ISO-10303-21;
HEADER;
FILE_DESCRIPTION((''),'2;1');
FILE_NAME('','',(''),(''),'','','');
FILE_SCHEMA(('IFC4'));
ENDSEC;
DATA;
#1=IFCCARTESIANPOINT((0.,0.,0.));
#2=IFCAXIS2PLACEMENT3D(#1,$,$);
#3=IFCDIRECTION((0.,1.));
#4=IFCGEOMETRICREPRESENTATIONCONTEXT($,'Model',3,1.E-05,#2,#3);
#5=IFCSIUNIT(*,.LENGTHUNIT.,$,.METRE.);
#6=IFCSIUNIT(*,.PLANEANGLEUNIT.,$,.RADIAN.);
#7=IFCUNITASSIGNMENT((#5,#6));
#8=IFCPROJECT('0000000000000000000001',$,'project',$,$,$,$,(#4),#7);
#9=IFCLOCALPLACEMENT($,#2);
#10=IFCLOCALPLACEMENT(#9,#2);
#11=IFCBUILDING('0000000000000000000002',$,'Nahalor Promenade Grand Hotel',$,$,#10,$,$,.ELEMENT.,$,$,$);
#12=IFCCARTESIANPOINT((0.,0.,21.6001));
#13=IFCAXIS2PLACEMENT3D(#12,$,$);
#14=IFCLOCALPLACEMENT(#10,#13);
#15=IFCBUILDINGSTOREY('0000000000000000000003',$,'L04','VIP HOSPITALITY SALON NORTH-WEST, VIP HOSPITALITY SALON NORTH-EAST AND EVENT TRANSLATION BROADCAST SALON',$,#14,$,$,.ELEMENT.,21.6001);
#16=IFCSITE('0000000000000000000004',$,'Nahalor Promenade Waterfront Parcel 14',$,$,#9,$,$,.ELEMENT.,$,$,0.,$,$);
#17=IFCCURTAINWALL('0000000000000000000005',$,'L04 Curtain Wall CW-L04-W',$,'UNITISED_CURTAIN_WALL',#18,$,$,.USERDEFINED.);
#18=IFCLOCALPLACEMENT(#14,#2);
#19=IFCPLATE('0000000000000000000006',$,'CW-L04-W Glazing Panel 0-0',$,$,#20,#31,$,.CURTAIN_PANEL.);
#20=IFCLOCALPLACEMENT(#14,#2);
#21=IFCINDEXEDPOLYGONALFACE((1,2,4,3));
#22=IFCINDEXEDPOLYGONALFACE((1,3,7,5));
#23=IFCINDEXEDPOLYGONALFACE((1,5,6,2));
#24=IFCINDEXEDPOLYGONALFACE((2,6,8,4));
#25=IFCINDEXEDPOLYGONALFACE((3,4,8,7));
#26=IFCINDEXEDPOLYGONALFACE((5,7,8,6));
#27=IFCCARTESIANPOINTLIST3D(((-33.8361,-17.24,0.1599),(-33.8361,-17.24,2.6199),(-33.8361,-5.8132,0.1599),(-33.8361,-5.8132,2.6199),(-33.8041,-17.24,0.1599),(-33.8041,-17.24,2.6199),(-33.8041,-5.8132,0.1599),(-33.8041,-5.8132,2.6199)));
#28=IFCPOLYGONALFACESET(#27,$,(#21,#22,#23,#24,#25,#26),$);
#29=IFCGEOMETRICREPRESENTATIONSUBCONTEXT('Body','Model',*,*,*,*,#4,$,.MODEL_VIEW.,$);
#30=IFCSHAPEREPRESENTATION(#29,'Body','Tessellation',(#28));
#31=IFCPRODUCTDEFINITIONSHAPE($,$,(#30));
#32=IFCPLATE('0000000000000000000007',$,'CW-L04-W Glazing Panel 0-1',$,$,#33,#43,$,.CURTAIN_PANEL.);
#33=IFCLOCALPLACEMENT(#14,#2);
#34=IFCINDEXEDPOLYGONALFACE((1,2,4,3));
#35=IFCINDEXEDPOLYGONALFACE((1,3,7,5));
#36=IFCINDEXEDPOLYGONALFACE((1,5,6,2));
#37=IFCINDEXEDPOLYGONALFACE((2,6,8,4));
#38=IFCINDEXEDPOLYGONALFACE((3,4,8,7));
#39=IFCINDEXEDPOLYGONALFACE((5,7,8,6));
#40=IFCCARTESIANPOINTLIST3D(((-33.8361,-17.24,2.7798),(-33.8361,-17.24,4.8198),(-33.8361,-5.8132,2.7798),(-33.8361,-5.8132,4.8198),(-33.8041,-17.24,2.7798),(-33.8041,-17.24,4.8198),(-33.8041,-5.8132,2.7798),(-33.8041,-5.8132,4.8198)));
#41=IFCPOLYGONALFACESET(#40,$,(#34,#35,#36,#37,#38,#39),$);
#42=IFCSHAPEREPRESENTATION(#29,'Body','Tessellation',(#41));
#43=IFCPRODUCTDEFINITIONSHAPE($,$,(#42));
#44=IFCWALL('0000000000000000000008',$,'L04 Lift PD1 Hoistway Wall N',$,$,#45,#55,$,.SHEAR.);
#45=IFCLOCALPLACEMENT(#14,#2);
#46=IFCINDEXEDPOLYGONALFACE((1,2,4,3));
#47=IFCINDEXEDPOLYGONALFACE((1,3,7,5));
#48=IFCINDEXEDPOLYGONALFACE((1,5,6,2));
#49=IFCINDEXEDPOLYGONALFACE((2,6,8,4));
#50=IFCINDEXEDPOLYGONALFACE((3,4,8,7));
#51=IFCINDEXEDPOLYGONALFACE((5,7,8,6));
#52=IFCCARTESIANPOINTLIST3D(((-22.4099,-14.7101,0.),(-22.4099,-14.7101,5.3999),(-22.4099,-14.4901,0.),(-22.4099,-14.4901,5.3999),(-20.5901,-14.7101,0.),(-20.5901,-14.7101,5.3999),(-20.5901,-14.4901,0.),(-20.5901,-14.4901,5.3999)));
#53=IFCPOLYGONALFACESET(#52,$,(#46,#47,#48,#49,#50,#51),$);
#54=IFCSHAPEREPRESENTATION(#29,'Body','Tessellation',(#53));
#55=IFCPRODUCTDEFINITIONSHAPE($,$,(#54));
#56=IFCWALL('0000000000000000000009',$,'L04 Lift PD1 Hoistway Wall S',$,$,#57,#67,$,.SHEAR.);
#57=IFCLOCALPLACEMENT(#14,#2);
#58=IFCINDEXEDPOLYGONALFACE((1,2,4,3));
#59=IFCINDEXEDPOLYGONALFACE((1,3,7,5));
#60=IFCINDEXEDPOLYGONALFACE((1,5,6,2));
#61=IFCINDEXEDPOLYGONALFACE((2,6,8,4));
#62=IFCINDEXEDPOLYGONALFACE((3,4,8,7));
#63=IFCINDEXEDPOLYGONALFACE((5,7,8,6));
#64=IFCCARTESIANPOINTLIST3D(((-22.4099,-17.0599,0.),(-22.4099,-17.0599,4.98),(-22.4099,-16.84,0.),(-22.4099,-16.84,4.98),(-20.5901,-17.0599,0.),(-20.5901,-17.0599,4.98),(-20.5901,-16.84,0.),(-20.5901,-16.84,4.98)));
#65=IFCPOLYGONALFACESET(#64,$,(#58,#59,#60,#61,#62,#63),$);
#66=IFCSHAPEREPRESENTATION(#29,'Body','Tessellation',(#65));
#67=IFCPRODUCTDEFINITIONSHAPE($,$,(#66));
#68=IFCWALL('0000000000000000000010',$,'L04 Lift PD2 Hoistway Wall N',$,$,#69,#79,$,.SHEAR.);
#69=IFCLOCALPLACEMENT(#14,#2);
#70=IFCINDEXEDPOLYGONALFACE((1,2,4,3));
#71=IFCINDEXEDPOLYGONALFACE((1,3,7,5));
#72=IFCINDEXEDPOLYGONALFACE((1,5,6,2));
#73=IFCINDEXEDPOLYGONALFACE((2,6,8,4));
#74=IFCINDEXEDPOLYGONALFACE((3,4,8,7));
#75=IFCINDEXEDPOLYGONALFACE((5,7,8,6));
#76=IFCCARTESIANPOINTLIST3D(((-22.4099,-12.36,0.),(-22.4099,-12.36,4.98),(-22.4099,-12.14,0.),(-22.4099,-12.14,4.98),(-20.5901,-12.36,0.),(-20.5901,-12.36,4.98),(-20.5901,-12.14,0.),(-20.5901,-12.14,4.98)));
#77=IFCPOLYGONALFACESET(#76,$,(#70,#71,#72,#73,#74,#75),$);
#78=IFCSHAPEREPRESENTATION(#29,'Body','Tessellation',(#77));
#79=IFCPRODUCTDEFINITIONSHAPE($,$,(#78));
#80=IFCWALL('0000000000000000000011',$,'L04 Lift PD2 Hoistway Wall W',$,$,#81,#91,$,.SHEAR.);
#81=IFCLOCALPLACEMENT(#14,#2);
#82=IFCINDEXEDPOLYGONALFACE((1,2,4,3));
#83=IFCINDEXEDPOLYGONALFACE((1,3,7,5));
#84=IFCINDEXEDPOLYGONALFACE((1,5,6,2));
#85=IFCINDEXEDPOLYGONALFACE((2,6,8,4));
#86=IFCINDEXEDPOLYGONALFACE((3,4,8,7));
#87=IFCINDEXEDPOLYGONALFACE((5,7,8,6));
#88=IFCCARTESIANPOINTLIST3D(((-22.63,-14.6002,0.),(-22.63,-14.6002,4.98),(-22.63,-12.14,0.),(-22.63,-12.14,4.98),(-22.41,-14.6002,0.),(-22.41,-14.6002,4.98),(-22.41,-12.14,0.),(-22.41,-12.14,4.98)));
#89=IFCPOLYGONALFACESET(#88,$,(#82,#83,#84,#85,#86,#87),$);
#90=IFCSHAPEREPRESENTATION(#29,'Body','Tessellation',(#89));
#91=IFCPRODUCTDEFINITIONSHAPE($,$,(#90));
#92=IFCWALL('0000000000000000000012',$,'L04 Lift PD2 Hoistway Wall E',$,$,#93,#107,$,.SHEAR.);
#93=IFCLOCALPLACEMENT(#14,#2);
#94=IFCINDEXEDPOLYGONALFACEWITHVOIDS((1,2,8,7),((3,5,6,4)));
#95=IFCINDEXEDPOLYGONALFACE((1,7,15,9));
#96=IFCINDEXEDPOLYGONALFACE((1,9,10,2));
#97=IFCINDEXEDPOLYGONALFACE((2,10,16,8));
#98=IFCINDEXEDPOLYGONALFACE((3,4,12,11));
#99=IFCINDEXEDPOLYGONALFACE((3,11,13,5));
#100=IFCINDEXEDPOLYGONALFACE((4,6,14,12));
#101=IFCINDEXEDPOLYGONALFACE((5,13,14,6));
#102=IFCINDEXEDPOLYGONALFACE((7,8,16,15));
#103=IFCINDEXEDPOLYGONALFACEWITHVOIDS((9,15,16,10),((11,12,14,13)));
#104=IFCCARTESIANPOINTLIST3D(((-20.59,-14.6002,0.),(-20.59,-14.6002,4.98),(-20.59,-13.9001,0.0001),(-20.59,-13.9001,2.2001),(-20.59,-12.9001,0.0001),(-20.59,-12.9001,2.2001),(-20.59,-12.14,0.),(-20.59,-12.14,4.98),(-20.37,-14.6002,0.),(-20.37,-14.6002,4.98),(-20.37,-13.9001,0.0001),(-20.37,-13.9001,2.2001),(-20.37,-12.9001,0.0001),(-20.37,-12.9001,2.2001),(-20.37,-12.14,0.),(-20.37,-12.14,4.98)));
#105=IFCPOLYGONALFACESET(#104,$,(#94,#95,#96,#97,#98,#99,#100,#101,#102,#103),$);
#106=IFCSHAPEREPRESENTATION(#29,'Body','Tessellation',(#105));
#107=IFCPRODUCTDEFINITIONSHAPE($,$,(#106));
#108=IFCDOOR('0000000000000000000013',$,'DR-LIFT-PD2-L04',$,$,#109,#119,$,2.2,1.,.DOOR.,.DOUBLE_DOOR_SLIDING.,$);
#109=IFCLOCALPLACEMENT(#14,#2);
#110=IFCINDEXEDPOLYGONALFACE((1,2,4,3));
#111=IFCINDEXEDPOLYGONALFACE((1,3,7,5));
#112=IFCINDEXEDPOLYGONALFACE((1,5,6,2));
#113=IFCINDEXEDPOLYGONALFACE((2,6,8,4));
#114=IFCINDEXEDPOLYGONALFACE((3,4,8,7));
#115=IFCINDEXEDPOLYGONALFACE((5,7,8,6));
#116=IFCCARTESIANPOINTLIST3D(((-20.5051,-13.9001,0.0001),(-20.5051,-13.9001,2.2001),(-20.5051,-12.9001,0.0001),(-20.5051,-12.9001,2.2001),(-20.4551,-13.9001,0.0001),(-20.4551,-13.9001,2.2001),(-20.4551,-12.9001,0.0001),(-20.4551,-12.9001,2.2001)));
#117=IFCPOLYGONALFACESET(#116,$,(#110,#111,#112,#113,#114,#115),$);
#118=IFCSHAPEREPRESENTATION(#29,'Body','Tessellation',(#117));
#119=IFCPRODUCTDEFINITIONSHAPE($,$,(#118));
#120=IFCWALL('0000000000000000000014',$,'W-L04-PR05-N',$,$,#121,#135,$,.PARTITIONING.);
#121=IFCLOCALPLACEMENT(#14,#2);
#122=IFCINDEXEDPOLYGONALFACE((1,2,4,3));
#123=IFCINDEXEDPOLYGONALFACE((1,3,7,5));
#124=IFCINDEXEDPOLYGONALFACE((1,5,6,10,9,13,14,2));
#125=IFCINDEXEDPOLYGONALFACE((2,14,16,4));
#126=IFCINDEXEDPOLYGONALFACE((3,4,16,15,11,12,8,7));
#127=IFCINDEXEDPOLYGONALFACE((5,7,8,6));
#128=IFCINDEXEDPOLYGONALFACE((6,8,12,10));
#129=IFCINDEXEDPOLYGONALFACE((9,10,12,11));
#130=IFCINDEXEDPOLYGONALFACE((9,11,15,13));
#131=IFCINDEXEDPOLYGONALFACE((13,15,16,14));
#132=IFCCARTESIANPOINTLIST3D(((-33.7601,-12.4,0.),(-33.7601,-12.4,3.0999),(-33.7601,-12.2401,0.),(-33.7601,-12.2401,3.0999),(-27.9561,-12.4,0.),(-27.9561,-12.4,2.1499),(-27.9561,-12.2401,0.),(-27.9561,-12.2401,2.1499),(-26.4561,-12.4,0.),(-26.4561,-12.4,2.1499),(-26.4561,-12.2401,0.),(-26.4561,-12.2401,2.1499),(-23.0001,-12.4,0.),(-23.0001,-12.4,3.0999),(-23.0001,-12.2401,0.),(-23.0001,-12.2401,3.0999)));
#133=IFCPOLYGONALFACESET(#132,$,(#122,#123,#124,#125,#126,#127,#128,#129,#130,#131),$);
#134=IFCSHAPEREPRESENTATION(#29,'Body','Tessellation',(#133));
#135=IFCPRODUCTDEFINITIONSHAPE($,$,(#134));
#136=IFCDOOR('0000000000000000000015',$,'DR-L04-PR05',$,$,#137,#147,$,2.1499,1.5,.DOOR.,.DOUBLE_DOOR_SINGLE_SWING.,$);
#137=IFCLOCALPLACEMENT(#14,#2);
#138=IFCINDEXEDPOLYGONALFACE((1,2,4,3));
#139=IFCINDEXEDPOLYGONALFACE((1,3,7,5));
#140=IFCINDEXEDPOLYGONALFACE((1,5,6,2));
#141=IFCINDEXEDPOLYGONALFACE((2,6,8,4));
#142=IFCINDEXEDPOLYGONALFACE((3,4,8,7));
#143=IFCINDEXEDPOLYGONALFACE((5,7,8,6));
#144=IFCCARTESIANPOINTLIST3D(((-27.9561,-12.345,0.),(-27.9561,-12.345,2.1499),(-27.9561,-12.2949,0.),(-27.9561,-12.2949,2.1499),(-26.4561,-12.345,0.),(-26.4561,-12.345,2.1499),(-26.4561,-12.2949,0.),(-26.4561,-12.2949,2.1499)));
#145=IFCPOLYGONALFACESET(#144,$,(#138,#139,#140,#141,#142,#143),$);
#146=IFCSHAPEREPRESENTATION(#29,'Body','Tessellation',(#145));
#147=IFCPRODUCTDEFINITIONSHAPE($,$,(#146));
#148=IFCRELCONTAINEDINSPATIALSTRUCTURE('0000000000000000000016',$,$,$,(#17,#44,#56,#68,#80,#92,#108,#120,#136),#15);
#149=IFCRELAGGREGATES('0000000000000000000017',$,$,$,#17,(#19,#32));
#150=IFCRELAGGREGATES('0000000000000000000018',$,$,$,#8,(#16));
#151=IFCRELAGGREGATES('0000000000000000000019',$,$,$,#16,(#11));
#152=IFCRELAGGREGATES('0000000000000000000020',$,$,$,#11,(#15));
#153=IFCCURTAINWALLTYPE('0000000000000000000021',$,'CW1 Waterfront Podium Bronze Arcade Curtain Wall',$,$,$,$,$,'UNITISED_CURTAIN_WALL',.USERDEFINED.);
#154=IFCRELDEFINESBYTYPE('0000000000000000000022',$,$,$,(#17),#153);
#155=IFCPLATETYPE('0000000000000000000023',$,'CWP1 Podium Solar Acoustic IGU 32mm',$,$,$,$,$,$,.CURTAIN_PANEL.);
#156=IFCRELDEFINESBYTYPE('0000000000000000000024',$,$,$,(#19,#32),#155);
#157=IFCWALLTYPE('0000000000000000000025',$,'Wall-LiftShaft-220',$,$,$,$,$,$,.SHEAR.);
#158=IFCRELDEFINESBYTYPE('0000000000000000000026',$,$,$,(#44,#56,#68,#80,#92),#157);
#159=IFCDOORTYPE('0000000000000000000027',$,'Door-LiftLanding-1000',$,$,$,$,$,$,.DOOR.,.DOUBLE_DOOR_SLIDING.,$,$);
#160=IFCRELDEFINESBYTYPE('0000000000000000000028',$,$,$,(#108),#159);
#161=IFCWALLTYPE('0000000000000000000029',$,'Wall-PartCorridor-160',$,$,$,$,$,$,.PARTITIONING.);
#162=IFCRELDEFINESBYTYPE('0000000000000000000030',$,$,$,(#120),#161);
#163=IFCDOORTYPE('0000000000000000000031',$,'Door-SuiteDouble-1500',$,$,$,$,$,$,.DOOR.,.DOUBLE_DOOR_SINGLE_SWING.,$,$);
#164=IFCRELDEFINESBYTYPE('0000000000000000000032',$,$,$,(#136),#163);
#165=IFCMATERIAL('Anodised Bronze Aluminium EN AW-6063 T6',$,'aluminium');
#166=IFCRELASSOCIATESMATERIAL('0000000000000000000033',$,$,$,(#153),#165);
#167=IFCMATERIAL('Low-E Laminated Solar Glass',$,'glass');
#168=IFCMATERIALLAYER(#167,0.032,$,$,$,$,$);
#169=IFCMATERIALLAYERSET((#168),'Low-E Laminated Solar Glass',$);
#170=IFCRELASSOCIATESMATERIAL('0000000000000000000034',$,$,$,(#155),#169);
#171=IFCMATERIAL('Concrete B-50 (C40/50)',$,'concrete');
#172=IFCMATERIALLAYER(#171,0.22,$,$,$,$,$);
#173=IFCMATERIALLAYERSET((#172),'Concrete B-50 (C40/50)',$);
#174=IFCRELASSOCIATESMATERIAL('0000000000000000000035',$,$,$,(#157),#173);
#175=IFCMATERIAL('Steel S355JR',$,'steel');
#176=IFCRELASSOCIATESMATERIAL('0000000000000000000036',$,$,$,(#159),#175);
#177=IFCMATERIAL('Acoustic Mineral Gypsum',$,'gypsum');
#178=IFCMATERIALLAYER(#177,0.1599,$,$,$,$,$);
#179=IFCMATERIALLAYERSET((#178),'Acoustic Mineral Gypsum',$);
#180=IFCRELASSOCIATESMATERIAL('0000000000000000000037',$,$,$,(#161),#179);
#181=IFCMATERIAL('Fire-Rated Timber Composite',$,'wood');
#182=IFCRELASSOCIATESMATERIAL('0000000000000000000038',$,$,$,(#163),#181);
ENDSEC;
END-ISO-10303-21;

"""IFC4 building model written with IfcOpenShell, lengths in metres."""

from ifc_helpers import new_model, si_unit, direction, frame, frame_2d, origin, origin_2d, place, context, subcontext, project, spatial, rectangle, extrude, source, transform, mapped, material, layer, layer_set, type_object, element, fill, aggregate, save


model = new_model("IFC4")

# Units and contexts
model_context = context("Model", 3, precision=1e-05, world=origin(), true_north=direction((0.0, 1.0)))
body_context = subcontext(model_context, "Body", "Model", "MODEL_VIEW")
ifc_project = project(units=[si_unit("LENGTHUNIT", "METRE"), si_unit("PLANEANGLEUNIT", "RADIAN")], contexts=[model_context])

# Site, building, storey
site_placement = place(None, origin())
site = spatial("IfcSite", under=ifc_project, at=site_placement, Name="Nahalor Promenade Waterfront Parcel 14", CompositionType="ELEMENT", RefElevation=0.0)
building_placement = place(site_placement, origin())
building = spatial("IfcBuilding", under=site, at=building_placement, Name="Nahalor Promenade Grand Hotel", CompositionType="ELEMENT")
storey_placement = place(building_placement, frame((0.0, 0.0, 21.6001)))
storey = spatial("IfcBuildingStorey", under=building, at=storey_placement, Name="L04", Description="VIP HOSPITALITY SALON NORTH-WEST, VIP HOSPITALITY SALON NORTH-EAST AND EVENT TRANSLATION BROADCAST SALON", CompositionType="ELEMENT", Elevation=21.6001)

# Shared definitions
ifc_material_1 = material(Name="Steel S355JR", Category="steel")

# Curtain wall
ifc_material_2 = material(Name="Anodised Bronze Aluminium EN AW-6063 T6", Category="aluminium")
curtain_wall_type = type_object("IfcCurtainWallType", Name="CW1 Waterfront Podium Bronze Arcade Curtain Wall", ElementType="UNITISED_CURTAIN_WALL", PredefinedType="USERDEFINED", material=ifc_material_2)
curtain_wall_placement = place(storey_placement, origin())
curtain_wall = element("IfcCurtainWall", 1, at=curtain_wall_placement, inside=storey, type_object=curtain_wall_type, Name="L04 Curtain Wall CW-L04-W", ObjectType="UNITISED_CURTAIN_WALL", PredefinedType="USERDEFINED")

# Plates
ifc_material_3 = material(Name="Low-E Laminated Solar Glass", Category="glass")
ifc_layer_1 = layer(ifc_material_3, 0.032)
ifc_layer_set_1 = layer_set([ifc_layer_1], Name="Low-E Laminated Solar Glass")
plate_type_1 = type_object("IfcPlateType", Name="CWP1 Podium Solar Acoustic IGU 32mm", PredefinedType="CURTAIN_PANEL", material=ifc_layer_set_1)
shared_shape_1 = source(origin(), body_context, "Body", "SweptSolid", [
    extrude(rectangle(XDim=11.4268, YDim=0.032, at=origin_2d()), origin(), (0.0, 0.0, 1.0), 2.46),
])
plate_1_placement = place(storey_placement, frame((-33.8201, -11.5266, 0.1599), z_axis=(0.0, 0.0, 1.0), x_axis=(0.0, 1.0, 0.0)))
plate_1 = element("IfcPlate", 2, at=plate_1_placement, type_object=plate_type_1, Name="CW-L04-W Glazing Panel 0-0", PredefinedType="CURTAIN_PANEL", context=body_context, shape_type="MappedRepresentation", body=[
    mapped(shared_shape_1, transform((0.0, 0.0, 0.0), scale=1.0)),
])
shared_shape_2 = source(origin(), body_context, "Body", "SweptSolid", [
    extrude(rectangle(XDim=11.4268, YDim=0.032, at=origin_2d()), origin(), (0.0, 0.0, 1.0), 2.04),
])
plate_2_placement = place(storey_placement, frame((-33.8201, -11.5266, 2.7798), z_axis=(0.0, 0.0, 1.0), x_axis=(0.0, 1.0, 0.0)))
plate_2 = element("IfcPlate", 3, at=plate_2_placement, type_object=plate_type_1, Name="CW-L04-W Glazing Panel 0-1", PredefinedType="CURTAIN_PANEL", context=body_context, shape_type="MappedRepresentation", body=[
    mapped(shared_shape_2, transform((0.0, 0.0, 0.0), scale=1.0)),
])
aggregate(curtain_wall, [plate_1, plate_2])

# Walls
ifc_material_4 = material(Name="Concrete B-50 (C40/50)", Category="concrete")
ifc_layer_2 = layer(ifc_material_4, 0.22)
ifc_layer_set_2 = layer_set([ifc_layer_2], Name="Concrete B-50 (C40/50)")
wall_type_1 = type_object("IfcWallType", Name="Wall-LiftShaft-220", PredefinedType="SHEAR", material=ifc_layer_set_2)
shared_shape_3 = source(origin(), body_context, "Body", "SweptSolid", [
    extrude(rectangle(XDim=1.8198, YDim=0.22, at=frame_2d((0.9099, 0.0))), origin(), (0.0, 0.0, 1.0), 5.3999),
])
wall_1_placement = place(storey_placement, frame((-22.4099, -14.6001, 0.0), z_axis=(0.0, 0.0, 1.0), x_axis=(1.0, 0.0, 0.0)))
element("IfcWall", 4, at=wall_1_placement, inside=storey, type_object=wall_type_1, Name="L04 Lift PD1 Hoistway Wall N", PredefinedType="SHEAR", context=body_context, shape_type="MappedRepresentation", body=[
    mapped(shared_shape_3, transform((0.0, 0.0, 0.0), scale=1.0)),
])
shared_shape_4 = source(origin(), body_context, "Body", "SweptSolid", [
    extrude(rectangle(XDim=1.8198, YDim=0.22, at=frame_2d((0.9099, 0.0))), origin(), (0.0, 0.0, 1.0), 4.98),
])
for number, where, z_axis, x_axis, name in (
    (5, (-22.4099, -16.95, 0.0), (0.0, 0.0, 1.0), (1.0, 0.0, 0.0), "L04 Lift PD1 Hoistway Wall S"),
    (6, (-22.4099, -12.25, 0.0), (0.0, 0.0, 1.0), (1.0, 0.0, 0.0), "L04 Lift PD2 Hoistway Wall N"),
):
    element("IfcWall", number, at=place(storey_placement, frame(where, z_axis=z_axis, x_axis=x_axis)), inside=storey, type_object=wall_type_1, Name=name, PredefinedType="SHEAR", context=body_context, shape_type="MappedRepresentation", body=[
        mapped(shared_shape_4, transform((0.0, 0.0, 0.0), scale=1.0)),
    ])
shared_shape_5 = source(origin(), body_context, "Body", "SweptSolid", [
    extrude(rectangle(XDim=2.4602, YDim=0.22, at=frame_2d((1.23, 0.0))), origin(), (0.0, 0.0, 1.0), 4.98),
])
wall_2_placement = place(storey_placement, frame((-22.52, -14.6001, 0.0), z_axis=(0.0, 0.0, 1.0), x_axis=(0.0, 1.0, 0.0)))
element("IfcWall", 7, at=wall_2_placement, inside=storey, type_object=wall_type_1, Name="L04 Lift PD2 Hoistway Wall W", PredefinedType="SHEAR", context=body_context, shape_type="MappedRepresentation", body=[
    mapped(shared_shape_5, transform((0.0, 0.0, 0.0), scale=1.0)),
])

# Walls, openings, doors
wall_3_placement = place(storey_placement, frame((-20.48, -14.6001, 0.0), z_axis=(0.0, 0.0, 1.0), x_axis=(0.0, 1.0, 0.0)))
wall_3 = element("IfcWall", 8, at=wall_3_placement, inside=storey, type_object=wall_type_1, Name="L04 Lift PD2 Hoistway Wall E", PredefinedType="SHEAR", context=body_context, shape_type="MappedRepresentation", body=[
    mapped(shared_shape_5, transform((0.0, 0.0, 0.0), scale=1.0)),
])
opening_1_placement = place(wall_3_placement, frame((0.7, 0.0, 0.0)))
opening_1 = element("IfcOpeningElement", 9, at=opening_1_placement, cuts=wall_3, PredefinedType="OPENING", context=body_context, shape_type="SweptSolid", body=[
    extrude(rectangle(XDim=1.0, YDim=2.2, at=frame_2d((0.5, 1.1001))), frame((0.0, 0.1199, 0.0), z_axis=(0.0, -1.0, 0.0), x_axis=(1.0, 0.0, 0.0)), (0.0, 0.0, 1.0), 0.24),
])
door_type_1 = type_object("IfcDoorType", Name="Door-LiftLanding-1000", OperationType="DOUBLE_DOOR_SLIDING", PredefinedType="DOOR", material=ifc_material_1)
shared_shape_6 = source(origin(), body_context, "Body", "SweptSolid", [
    extrude(rectangle(XDim=1.0, YDim=2.2, at=frame_2d((0.5, 1.1001))), frame((0.0, 0.0249, 0.0), z_axis=(0.0, -1.0, 0.0), x_axis=(1.0, 0.0, 0.0)), (0.0, 0.0, 1.0), 0.05),
])
door_1_placement = place(opening_1_placement, frame((1.0, 0.0, 0.0), z_axis=(0.0, 0.0, 1.0), x_axis=(-1.0, 0.0, 0.0)))
door_1 = element("IfcDoor", 10, at=door_1_placement, inside=storey, type_object=door_type_1, Name="DR-LIFT-PD2-L04", OperationType="DOUBLE_DOOR_SLIDING", OverallHeight=2.2, OverallWidth=1.0, PredefinedType="DOOR", context=body_context, shape_type="MappedRepresentation", body=[
    mapped(shared_shape_6, transform((0.0, 0.0, 0.0), scale=1.0)),
])
fill(opening_1, door_1)
ifc_material_5 = material(Name="Acoustic Mineral Gypsum", Category="gypsum")
ifc_layer_3 = layer(ifc_material_5, 0.1599)
ifc_layer_set_3 = layer_set([ifc_layer_3], Name="Acoustic Mineral Gypsum")
wall_type_2 = type_object("IfcWallType", Name="Wall-PartCorridor-160", PredefinedType="PARTITIONING", material=ifc_layer_set_3)
shared_shape_7 = source(origin(), body_context, "Body", "SweptSolid", [
    extrude(rectangle(XDim=10.76, YDim=0.1599, at=frame_2d((5.3799, 0.0))), origin(), (0.0, 0.0, 1.0), 3.0999),
])
wall_4_placement = place(storey_placement, frame((-33.76, -12.3201, 0.0), z_axis=(0.0, 0.0, 1.0), x_axis=(1.0, 0.0, 0.0)))
wall_4 = element("IfcWall", 11, at=wall_4_placement, inside=storey, type_object=wall_type_2, Name="W-L04-PR05-N", PredefinedType="PARTITIONING", context=body_context, shape_type="MappedRepresentation", body=[
    mapped(shared_shape_7, transform((0.0, 0.0, 0.0), scale=1.0)),
])
opening_2_placement = place(wall_4_placement, frame((5.804, 0.0, 0.0)))
opening_2 = element("IfcOpeningElement", 12, at=opening_2_placement, cuts=wall_4, PredefinedType="OPENING", context=body_context, shape_type="SweptSolid", body=[
    extrude(rectangle(XDim=1.5, YDim=2.1499, at=frame_2d((0.75, 1.075))), frame((0.0, 0.0898, 0.0), z_axis=(0.0, -1.0, 0.0), x_axis=(1.0, 0.0, 0.0)), (0.0, 0.0, 1.0), 0.1799),
])
ifc_material_6 = material(Name="Fire-Rated Timber Composite", Category="wood")
door_type_2 = type_object("IfcDoorType", Name="Door-SuiteDouble-1500", OperationType="DOUBLE_DOOR_SINGLE_SWING", PredefinedType="DOOR", material=ifc_material_6)
shared_shape_8 = source(origin(), body_context, "Body", "SweptSolid", [
    extrude(rectangle(XDim=1.5, YDim=2.1499, at=frame_2d((0.75, 1.075))), frame((0.0, 0.0249, 0.0), z_axis=(0.0, -1.0, 0.0), x_axis=(1.0, 0.0, 0.0)), (0.0, 0.0, 1.0), 0.05),
])
door_2_placement = place(opening_2_placement, frame((1.5, 0.0, 0.0), z_axis=(0.0, 0.0, 1.0), x_axis=(-1.0, 0.0, 0.0)))
door_2 = element("IfcDoor", 13, at=door_2_placement, inside=storey, type_object=door_type_2, Name="DR-L04-PR05", OperationType="DOUBLE_DOOR_SINGLE_SWING", OverallHeight=2.1499, OverallWidth=1.5, PredefinedType="DOOR", context=body_context, shape_type="MappedRepresentation", body=[
    mapped(shared_shape_8, transform((0.0, 0.0, 0.0), scale=1.0)),
])
fill(opening_2, door_2)

save(model, "model.ifc")
